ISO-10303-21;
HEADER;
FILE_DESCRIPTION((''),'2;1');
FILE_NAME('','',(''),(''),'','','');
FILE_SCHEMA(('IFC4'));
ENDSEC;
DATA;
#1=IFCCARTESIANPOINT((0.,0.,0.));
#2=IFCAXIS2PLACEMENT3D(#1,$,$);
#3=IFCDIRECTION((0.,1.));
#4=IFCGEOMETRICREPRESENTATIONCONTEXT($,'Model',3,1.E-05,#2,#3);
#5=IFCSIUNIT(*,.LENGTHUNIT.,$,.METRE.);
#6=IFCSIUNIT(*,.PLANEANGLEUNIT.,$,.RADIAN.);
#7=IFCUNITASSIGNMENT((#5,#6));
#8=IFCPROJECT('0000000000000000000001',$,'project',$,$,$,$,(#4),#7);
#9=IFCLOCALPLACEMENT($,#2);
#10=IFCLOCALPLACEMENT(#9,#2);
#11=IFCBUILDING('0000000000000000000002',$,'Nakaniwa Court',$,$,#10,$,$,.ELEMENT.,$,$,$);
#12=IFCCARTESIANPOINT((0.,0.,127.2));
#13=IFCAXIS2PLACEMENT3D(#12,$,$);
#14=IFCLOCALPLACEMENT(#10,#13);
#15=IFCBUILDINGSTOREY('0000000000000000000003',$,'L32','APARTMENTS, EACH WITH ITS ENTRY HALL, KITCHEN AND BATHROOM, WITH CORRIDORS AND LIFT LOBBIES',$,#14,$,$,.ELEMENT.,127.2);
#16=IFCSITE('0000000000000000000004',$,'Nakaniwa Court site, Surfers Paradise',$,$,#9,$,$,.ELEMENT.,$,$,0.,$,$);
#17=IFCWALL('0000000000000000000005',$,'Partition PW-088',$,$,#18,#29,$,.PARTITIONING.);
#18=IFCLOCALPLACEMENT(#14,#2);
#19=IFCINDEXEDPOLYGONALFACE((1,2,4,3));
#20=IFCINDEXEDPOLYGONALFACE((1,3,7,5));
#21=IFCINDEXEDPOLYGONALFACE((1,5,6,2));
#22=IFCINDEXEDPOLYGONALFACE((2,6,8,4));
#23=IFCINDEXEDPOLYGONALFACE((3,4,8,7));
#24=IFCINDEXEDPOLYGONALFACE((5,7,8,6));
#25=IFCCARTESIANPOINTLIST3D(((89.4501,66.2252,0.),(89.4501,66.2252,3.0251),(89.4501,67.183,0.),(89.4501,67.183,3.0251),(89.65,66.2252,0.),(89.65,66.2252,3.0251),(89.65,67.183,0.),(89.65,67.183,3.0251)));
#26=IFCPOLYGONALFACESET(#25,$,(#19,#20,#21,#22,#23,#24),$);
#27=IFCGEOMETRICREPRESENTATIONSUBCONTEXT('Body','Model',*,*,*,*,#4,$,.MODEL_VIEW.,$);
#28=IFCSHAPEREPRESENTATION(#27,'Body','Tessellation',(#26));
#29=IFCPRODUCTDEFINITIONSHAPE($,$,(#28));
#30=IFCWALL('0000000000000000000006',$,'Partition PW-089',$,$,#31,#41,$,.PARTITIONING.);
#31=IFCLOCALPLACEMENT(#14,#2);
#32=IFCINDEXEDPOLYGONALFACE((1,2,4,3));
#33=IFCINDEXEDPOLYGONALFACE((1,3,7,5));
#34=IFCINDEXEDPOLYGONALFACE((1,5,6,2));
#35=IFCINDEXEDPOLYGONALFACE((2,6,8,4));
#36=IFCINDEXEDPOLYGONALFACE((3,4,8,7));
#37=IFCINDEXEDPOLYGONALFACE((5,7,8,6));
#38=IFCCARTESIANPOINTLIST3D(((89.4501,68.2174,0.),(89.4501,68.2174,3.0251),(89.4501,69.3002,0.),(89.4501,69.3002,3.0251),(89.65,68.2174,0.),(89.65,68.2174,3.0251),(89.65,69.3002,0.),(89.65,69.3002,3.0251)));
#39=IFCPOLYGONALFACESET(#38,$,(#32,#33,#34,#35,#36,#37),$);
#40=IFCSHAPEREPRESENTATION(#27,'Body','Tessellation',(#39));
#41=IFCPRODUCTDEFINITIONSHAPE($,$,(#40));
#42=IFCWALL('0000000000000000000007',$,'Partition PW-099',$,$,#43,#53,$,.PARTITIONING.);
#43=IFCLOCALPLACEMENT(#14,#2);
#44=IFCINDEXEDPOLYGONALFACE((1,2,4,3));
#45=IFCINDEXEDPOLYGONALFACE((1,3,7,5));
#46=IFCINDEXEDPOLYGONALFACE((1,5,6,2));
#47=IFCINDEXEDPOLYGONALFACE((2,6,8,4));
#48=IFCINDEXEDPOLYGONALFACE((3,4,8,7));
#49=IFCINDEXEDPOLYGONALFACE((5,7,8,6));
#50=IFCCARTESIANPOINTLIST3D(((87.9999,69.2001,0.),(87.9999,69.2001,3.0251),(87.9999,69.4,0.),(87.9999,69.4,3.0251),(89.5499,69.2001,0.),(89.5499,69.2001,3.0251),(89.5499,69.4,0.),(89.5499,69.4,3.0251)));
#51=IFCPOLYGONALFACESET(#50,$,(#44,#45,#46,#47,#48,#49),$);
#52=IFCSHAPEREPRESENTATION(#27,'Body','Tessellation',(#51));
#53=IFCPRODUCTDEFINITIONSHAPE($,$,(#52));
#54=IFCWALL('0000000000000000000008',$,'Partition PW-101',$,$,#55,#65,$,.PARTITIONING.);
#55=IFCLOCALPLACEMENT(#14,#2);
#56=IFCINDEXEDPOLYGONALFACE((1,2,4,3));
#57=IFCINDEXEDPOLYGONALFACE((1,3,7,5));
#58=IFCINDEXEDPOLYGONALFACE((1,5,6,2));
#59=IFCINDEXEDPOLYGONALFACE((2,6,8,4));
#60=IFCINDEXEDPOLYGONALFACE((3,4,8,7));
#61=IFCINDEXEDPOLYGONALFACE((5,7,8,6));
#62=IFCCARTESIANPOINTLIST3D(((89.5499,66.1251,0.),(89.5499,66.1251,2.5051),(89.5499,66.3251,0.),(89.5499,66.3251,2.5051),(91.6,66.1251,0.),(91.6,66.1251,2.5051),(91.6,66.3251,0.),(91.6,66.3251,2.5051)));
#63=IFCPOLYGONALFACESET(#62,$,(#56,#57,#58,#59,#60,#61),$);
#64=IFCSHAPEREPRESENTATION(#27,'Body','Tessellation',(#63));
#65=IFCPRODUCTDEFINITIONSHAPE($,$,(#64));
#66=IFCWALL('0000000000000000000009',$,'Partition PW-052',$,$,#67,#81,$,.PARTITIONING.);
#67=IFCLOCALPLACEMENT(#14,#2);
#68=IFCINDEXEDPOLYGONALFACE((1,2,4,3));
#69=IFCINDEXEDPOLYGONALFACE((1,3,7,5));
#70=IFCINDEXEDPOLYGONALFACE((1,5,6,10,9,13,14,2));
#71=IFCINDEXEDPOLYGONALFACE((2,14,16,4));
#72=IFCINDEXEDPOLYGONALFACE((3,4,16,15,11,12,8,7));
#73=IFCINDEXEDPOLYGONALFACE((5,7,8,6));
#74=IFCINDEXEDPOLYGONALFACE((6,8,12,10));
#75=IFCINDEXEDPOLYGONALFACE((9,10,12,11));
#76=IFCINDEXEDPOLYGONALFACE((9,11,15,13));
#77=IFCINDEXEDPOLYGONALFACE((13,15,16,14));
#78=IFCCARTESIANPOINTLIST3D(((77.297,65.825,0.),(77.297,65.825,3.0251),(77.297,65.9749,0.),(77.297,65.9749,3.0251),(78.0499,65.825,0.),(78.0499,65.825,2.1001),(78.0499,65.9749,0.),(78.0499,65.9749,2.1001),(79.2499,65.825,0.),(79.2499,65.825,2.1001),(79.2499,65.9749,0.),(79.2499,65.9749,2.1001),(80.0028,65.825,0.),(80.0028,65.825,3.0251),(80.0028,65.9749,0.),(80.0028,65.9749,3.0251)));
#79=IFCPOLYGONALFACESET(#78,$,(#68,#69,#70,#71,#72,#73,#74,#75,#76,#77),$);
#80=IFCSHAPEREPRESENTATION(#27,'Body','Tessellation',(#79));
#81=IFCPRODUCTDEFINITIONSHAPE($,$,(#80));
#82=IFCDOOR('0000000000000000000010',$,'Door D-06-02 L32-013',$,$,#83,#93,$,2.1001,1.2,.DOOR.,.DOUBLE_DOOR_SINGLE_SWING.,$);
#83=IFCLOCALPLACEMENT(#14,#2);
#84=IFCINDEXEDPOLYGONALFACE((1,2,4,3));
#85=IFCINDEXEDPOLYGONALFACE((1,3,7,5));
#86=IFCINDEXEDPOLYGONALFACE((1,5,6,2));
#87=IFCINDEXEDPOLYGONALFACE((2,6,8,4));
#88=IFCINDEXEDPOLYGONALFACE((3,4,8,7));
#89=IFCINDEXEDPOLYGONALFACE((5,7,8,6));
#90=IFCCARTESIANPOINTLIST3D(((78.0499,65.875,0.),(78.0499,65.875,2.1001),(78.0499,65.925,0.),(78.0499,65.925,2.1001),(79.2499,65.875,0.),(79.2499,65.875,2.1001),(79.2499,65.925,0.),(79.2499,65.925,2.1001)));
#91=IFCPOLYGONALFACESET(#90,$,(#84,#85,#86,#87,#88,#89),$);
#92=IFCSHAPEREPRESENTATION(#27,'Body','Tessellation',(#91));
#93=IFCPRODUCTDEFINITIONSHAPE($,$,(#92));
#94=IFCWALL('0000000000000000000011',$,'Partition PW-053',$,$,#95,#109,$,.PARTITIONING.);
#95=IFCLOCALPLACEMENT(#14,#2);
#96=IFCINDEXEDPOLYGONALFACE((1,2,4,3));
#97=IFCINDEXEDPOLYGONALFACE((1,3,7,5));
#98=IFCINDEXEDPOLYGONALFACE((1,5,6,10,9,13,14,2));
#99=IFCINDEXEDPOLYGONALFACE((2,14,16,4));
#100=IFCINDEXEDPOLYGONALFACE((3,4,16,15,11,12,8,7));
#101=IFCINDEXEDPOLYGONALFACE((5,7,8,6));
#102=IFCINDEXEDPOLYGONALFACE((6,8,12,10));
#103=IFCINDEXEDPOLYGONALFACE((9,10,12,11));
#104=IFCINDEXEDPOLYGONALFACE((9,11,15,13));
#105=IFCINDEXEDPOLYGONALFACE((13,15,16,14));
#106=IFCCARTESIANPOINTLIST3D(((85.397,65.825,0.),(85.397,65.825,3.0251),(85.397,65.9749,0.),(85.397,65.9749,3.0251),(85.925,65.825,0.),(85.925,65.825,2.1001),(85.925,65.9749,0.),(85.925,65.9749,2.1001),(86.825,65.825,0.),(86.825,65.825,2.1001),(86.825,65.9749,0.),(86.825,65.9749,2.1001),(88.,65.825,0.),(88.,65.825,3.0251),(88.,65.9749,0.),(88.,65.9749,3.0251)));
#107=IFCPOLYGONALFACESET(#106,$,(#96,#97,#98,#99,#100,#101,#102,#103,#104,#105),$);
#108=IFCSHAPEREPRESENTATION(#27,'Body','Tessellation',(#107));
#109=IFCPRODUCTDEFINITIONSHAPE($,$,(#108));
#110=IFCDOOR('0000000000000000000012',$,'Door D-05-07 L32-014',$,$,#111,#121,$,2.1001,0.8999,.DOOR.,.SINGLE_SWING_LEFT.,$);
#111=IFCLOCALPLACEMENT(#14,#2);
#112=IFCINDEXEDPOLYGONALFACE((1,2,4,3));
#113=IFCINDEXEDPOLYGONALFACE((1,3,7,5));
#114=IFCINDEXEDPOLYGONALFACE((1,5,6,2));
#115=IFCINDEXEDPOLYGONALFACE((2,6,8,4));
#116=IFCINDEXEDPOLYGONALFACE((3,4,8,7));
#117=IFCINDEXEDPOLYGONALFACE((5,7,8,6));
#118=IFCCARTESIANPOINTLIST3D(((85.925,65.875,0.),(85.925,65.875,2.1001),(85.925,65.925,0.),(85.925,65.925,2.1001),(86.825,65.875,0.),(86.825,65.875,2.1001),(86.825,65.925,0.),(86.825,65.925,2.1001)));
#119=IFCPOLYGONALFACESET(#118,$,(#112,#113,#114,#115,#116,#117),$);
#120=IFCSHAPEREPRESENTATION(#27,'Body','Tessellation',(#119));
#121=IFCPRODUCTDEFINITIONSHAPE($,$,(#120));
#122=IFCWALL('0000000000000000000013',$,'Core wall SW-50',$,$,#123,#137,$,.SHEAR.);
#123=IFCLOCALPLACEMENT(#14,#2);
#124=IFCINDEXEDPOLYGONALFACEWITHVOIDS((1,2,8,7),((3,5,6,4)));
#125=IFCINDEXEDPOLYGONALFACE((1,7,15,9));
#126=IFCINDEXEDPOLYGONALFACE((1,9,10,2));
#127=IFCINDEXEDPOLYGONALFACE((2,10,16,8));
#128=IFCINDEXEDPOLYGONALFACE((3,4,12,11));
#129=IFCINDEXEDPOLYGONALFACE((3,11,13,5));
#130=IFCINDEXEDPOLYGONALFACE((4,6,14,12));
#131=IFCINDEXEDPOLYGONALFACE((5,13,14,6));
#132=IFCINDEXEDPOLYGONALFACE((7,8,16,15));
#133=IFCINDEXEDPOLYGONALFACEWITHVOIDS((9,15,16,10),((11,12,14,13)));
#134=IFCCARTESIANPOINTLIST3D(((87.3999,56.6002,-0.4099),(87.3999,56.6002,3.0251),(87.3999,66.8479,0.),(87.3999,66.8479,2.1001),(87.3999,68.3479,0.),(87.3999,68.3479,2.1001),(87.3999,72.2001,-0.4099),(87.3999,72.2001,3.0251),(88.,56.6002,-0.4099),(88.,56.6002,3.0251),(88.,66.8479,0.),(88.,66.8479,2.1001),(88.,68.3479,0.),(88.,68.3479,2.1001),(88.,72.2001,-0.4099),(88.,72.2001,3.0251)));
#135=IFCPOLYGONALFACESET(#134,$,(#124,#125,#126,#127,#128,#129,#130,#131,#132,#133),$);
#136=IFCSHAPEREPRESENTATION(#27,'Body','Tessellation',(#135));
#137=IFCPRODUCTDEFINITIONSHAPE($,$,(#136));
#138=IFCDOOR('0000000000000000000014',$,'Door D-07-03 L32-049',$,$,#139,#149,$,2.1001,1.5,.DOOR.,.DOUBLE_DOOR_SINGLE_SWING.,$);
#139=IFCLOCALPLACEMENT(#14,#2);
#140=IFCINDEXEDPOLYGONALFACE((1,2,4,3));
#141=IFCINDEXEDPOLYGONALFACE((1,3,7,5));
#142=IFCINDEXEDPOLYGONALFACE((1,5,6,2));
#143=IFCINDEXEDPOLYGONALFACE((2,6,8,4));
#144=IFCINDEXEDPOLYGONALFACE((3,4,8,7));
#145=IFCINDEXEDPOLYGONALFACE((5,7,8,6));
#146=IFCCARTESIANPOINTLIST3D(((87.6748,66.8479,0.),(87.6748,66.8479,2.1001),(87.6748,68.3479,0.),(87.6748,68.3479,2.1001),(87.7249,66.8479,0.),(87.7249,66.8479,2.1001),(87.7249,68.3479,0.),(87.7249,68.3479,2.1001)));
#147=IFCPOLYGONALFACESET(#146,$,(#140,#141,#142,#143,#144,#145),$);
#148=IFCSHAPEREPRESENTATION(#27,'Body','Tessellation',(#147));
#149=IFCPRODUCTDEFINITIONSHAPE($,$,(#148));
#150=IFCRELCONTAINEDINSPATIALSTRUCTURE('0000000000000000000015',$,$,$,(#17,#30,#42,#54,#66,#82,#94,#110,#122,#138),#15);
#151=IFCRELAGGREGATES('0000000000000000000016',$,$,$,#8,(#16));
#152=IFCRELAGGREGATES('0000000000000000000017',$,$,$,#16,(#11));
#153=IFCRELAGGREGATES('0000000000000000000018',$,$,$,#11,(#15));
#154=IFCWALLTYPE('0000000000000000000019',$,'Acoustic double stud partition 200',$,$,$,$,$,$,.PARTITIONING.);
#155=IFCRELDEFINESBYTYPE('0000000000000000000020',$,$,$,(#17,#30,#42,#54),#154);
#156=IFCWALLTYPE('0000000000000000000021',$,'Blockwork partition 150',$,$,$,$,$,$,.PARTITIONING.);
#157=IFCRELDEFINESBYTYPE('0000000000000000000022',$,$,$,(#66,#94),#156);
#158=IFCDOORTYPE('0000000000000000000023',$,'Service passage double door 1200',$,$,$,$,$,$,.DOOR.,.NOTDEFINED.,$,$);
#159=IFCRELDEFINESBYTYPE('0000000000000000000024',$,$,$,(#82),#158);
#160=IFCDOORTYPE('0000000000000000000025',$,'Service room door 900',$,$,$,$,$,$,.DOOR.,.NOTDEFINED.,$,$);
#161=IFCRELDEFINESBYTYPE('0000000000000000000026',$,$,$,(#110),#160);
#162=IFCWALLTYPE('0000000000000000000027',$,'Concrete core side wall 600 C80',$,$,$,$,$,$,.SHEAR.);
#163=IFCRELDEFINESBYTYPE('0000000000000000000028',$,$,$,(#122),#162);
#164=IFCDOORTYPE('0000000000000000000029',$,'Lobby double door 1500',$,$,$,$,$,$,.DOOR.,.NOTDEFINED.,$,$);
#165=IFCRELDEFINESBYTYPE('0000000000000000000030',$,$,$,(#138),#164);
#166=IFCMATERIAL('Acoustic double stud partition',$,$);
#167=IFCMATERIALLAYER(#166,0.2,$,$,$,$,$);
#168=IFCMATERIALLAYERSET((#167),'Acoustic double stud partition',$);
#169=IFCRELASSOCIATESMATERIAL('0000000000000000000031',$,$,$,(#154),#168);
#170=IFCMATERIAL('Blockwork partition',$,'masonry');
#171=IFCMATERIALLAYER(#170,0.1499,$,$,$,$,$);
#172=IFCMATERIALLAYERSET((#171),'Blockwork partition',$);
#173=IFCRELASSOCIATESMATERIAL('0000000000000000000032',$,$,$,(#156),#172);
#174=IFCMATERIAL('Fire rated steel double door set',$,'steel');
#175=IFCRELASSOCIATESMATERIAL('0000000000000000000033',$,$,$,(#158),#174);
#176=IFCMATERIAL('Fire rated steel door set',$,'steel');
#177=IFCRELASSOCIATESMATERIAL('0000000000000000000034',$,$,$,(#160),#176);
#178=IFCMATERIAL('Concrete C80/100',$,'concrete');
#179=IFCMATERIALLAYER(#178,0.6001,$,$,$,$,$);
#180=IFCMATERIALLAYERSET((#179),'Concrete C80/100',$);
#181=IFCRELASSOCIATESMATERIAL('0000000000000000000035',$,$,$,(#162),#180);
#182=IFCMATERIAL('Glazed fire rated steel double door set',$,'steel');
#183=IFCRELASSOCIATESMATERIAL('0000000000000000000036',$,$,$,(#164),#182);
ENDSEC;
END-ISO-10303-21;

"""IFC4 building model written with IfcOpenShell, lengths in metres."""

from ifc_helpers import new_model, si_unit, direction, frame, frame_2d, origin, place, context, subcontext, project, spatial, rectangle, extrude, material, layer, layer_set, type_object, element, fill, save


model = new_model("IFC4")

# Units and contexts
model_context = context("Model", 3, precision=1e-05, world=origin(), true_north=direction((0.0, 1.0)))
body_context = subcontext(model_context, "Body", "Model", "MODEL_VIEW")
ifc_project = project(units=[si_unit("LENGTHUNIT", "METRE"), si_unit("PLANEANGLEUNIT", "RADIAN")], contexts=[model_context])

# Site, building, storey
site_placement = place(None, origin())
site = spatial("IfcSite", under=ifc_project, at=site_placement, Name="Nakaniwa Court site, Surfers Paradise", CompositionType="ELEMENT", RefElevation=0.0)
building_placement = place(site_placement, origin())
building = spatial("IfcBuilding", under=site, at=building_placement, Name="Nakaniwa Court", CompositionType="ELEMENT")
storey_placement = place(building_placement, frame((0.0, 0.0, 127.2)))
storey = spatial("IfcBuildingStorey", under=building, at=storey_placement, Name="L32", Description="APARTMENTS, EACH WITH ITS ENTRY HALL, KITCHEN AND BATHROOM, WITH CORRIDORS AND LIFT LOBBIES", CompositionType="ELEMENT", Elevation=127.2)

# Walls
ifc_material_1 = material(Name="Acoustic double stud partition")
ifc_layer_1 = layer(ifc_material_1, 0.2)
ifc_layer_set_1 = layer_set([ifc_layer_1], Name="Acoustic double stud partition")
wall_type_1 = type_object("IfcWallType", Name="Acoustic double stud partition 200", PredefinedType="PARTITIONING", material=ifc_layer_set_1)
wall_1_placement = place(storey_placement, frame((89.55, 66.2251, 0.0), z_axis=(0.0, 0.0, 1.0), x_axis=(0.0, 1.0, 0.0)))
element("IfcWall", 1, at=wall_1_placement, inside=storey, type_object=wall_type_1, Name="Partition PW-088", PredefinedType="PARTITIONING", context=body_context, shape_type="SweptSolid", body=[
    extrude(rectangle(XDim=0.9578, YDim=0.2, at=frame_2d((0.479, 0.0))), origin(), (0.0, 0.0, 1.0), 3.0251),
])
wall_2_placement = place(storey_placement, frame((89.55, 68.2173, 0.0), z_axis=(0.0, 0.0, 1.0), x_axis=(0.0, 1.0, 0.0)))
element("IfcWall", 2, at=wall_2_placement, inside=storey, type_object=wall_type_1, Name="Partition PW-089", PredefinedType="PARTITIONING", context=body_context, shape_type="SweptSolid", body=[
    extrude(rectangle(XDim=1.0828, YDim=0.2, at=frame_2d((0.5415, 0.0))), origin(), (0.0, 0.0, 1.0), 3.0251),
])
wall_3_placement = place(storey_placement, frame((88.0, 69.3, 0.0), z_axis=(0.0, 0.0, 1.0), x_axis=(1.0, 0.0, 0.0)))
element("IfcWall", 3, at=wall_3_placement, inside=storey, type_object=wall_type_1, Name="Partition PW-099", PredefinedType="PARTITIONING", context=body_context, shape_type="SweptSolid", body=[
    extrude(rectangle(XDim=1.55, YDim=0.2, at=frame_2d((0.7749, 0.0))), origin(), (0.0, 0.0, 1.0), 3.0251),
])
wall_4_placement = place(storey_placement, frame((89.55, 66.2251, 0.0), z_axis=(0.0, 0.0, 1.0), x_axis=(1.0, 0.0, 0.0)))
element("IfcWall", 4, at=wall_4_placement, inside=storey, type_object=wall_type_1, Name="Partition PW-101", PredefinedType="PARTITIONING", context=body_context, shape_type="SweptSolid", body=[
    extrude(rectangle(XDim=2.05, YDim=0.2, at=frame_2d((1.0249, 0.0))), origin(), (0.0, 0.0, 1.0), 2.5051),
])

# Walls, openings, doors
ifc_material_2 = material(Name="Blockwork partition", Category="masonry")
ifc_layer_2 = layer(ifc_material_2, 0.1499)
ifc_layer_set_2 = layer_set([ifc_layer_2], Name="Blockwork partition")
wall_type_2 = type_object("IfcWallType", Name="Blockwork partition 150", PredefinedType="PARTITIONING", material=ifc_layer_set_2)
wall_5_placement = place(storey_placement, frame((80.0029, 65.8999, 0.0), z_axis=(0.0, 0.0, 1.0), x_axis=(-1.0, 0.0, 0.0)))
wall_5 = element("IfcWall", 5, at=wall_5_placement, inside=storey, type_object=wall_type_2, Name="Partition PW-052", PredefinedType="PARTITIONING", context=body_context, shape_type="SweptSolid", body=[
    extrude(rectangle(XDim=2.7058, YDim=0.1499, at=frame_2d((1.353, 0.0))), origin(), (0.0, 0.0, 1.0), 3.0251),
])
opening_1_placement = place(wall_5_placement, frame((0.7529, 0.0, 0.0)))
opening_1 = element("IfcOpeningElement", 6, at=opening_1_placement, cuts=wall_5, PredefinedType="OPENING", context=body_context, shape_type="SweptSolid", body=[
    extrude(rectangle(XDim=1.2, YDim=2.1001, at=frame_2d((0.6001, 1.05))), frame((0.0, 0.085, 0.0), z_axis=(0.0, -1.0, 0.0), x_axis=(1.0, 0.0, 0.0)), (0.0, 0.0, 1.0), 0.1699),
])
ifc_material_3 = material(Name="Fire rated steel double door set", Category="steel")
door_type_1 = type_object("IfcDoorType", Name="Service passage double door 1200", OperationType="NOTDEFINED", PredefinedType="DOOR", material=ifc_material_3)
door_1_placement = place(opening_1_placement, origin())
door_1 = element("IfcDoor", 7, at=door_1_placement, inside=storey, type_object=door_type_1, Name="Door D-06-02 L32-013", OperationType="DOUBLE_DOOR_SINGLE_SWING", OverallHeight=2.1001, OverallWidth=1.2, PredefinedType="DOOR", context=body_context, shape_type="SweptSolid", body=[
    extrude(rectangle(XDim=1.2, YDim=2.1001, at=frame_2d((0.6001, 1.05))), frame((0.0, 0.0249, 0.0), z_axis=(0.0, -1.0, 0.0), x_axis=(1.0, 0.0, 0.0)), (0.0, 0.0, 1.0), 0.05),
])
fill(opening_1, door_1)
wall_6_placement = place(storey_placement, frame((88.0, 65.8999, 0.0), z_axis=(0.0, 0.0, 1.0), x_axis=(-1.0, 0.0, 0.0)))
wall_6 = element("IfcWall", 8, at=wall_6_placement, inside=storey, type_object=wall_type_2, Name="Partition PW-053", PredefinedType="PARTITIONING", context=body_context, shape_type="SweptSolid", body=[
    extrude(rectangle(XDim=2.603, YDim=0.1499, at=frame_2d((1.3015, 0.0))), origin(), (0.0, 0.0, 1.0), 3.0251),
])
opening_2_placement = place(wall_6_placement, frame((1.175, 0.0, 0.0)))
opening_2 = element("IfcOpeningElement", 9, at=opening_2_placement, cuts=wall_6, PredefinedType="OPENING", context=body_context, shape_type="SweptSolid", body=[
    extrude(rectangle(XDim=0.8999, YDim=2.1001, at=frame_2d((0.45, 1.05))), frame((0.0, 0.085, 0.0), z_axis=(0.0, -1.0, 0.0), x_axis=(1.0, 0.0, 0.0)), (0.0, 0.0, 1.0), 0.1699),
])
ifc_material_4 = material(Name="Fire rated steel door set", Category="steel")
door_type_2 = type_object("IfcDoorType", Name="Service room door 900", OperationType="NOTDEFINED", PredefinedType="DOOR", material=ifc_material_4)
door_2_placement = place(opening_2_placement, origin())
door_2 = element("IfcDoor", 10, at=door_2_placement, inside=storey, type_object=door_type_2, Name="Door D-05-07 L32-014", OperationType="SINGLE_SWING_LEFT", OverallHeight=2.1001, OverallWidth=0.8999, PredefinedType="DOOR", context=body_context, shape_type="SweptSolid", body=[
    extrude(rectangle(XDim=0.8999, YDim=2.1001, at=frame_2d((0.45, 1.05))), frame((0.0, 0.0249, 0.0), z_axis=(0.0, -1.0, 0.0), x_axis=(1.0, 0.0, 0.0)), (0.0, 0.0, 1.0), 0.05),
])
fill(opening_2, door_2)
ifc_material_5 = material(Name="Concrete C80/100", Category="concrete")
ifc_layer_3 = layer(ifc_material_5, 0.6001)
ifc_layer_set_3 = layer_set([ifc_layer_3], Name="Concrete C80/100")
wall_type_3 = type_object("IfcWallType", Name="Concrete core side wall 600 C80", PredefinedType="SHEAR", material=ifc_layer_set_3)
wall_7_placement = place(storey_placement, frame((87.7, 72.2, -0.4099), z_axis=(0.0, 0.0, 1.0), x_axis=(0.0, -1.0, 0.0)))
wall_7 = element("IfcWall", 11, at=wall_7_placement, inside=storey, type_object=wall_type_3, Name="Core wall SW-50", PredefinedType="SHEAR", context=body_context, shape_type="SweptSolid", body=[
    extrude(rectangle(XDim=15.5999, YDim=0.6001, at=frame_2d((7.7998, 0.0))), origin(), (0.0, 0.0, 1.0), 3.4351),
])
opening_3_placement = place(wall_7_placement, frame((3.8521, 0.0, 0.4099)))
opening_3 = element("IfcOpeningElement", 12, at=opening_3_placement, cuts=wall_7, PredefinedType="OPENING", context=body_context, shape_type="SweptSolid", body=[
    extrude(rectangle(XDim=1.5, YDim=2.1001, at=frame_2d((0.75, 1.05))), frame((0.0, 0.3101, 0.0), z_axis=(0.0, -1.0, 0.0), x_axis=(1.0, 0.0, 0.0)), (0.0, 0.0, 1.0), 0.6201),
])
ifc_material_6 = material(Name="Glazed fire rated steel double door set", Category="steel")
door_type_3 = type_object("IfcDoorType", Name="Lobby double door 1500", OperationType="NOTDEFINED", PredefinedType="DOOR", material=ifc_material_6)
door_3_placement = place(opening_3_placement, origin())
door_3 = element("IfcDoor", 13, at=door_3_placement, inside=storey, type_object=door_type_3, Name="Door D-07-03 L32-049", OperationType="DOUBLE_DOOR_SINGLE_SWING", OverallHeight=2.1001, OverallWidth=1.5, PredefinedType="DOOR", context=body_context, shape_type="SweptSolid", body=[
    extrude(rectangle(XDim=1.5, YDim=2.1001, at=frame_2d((0.75, 1.05))), frame((0.0, 0.0249, 0.0), z_axis=(0.0, -1.0, 0.0), x_axis=(1.0, 0.0, 0.0)), (0.0, 0.0, 1.0), 0.05),
])
fill(opening_3, door_3)

save(model, "model.ifc")
